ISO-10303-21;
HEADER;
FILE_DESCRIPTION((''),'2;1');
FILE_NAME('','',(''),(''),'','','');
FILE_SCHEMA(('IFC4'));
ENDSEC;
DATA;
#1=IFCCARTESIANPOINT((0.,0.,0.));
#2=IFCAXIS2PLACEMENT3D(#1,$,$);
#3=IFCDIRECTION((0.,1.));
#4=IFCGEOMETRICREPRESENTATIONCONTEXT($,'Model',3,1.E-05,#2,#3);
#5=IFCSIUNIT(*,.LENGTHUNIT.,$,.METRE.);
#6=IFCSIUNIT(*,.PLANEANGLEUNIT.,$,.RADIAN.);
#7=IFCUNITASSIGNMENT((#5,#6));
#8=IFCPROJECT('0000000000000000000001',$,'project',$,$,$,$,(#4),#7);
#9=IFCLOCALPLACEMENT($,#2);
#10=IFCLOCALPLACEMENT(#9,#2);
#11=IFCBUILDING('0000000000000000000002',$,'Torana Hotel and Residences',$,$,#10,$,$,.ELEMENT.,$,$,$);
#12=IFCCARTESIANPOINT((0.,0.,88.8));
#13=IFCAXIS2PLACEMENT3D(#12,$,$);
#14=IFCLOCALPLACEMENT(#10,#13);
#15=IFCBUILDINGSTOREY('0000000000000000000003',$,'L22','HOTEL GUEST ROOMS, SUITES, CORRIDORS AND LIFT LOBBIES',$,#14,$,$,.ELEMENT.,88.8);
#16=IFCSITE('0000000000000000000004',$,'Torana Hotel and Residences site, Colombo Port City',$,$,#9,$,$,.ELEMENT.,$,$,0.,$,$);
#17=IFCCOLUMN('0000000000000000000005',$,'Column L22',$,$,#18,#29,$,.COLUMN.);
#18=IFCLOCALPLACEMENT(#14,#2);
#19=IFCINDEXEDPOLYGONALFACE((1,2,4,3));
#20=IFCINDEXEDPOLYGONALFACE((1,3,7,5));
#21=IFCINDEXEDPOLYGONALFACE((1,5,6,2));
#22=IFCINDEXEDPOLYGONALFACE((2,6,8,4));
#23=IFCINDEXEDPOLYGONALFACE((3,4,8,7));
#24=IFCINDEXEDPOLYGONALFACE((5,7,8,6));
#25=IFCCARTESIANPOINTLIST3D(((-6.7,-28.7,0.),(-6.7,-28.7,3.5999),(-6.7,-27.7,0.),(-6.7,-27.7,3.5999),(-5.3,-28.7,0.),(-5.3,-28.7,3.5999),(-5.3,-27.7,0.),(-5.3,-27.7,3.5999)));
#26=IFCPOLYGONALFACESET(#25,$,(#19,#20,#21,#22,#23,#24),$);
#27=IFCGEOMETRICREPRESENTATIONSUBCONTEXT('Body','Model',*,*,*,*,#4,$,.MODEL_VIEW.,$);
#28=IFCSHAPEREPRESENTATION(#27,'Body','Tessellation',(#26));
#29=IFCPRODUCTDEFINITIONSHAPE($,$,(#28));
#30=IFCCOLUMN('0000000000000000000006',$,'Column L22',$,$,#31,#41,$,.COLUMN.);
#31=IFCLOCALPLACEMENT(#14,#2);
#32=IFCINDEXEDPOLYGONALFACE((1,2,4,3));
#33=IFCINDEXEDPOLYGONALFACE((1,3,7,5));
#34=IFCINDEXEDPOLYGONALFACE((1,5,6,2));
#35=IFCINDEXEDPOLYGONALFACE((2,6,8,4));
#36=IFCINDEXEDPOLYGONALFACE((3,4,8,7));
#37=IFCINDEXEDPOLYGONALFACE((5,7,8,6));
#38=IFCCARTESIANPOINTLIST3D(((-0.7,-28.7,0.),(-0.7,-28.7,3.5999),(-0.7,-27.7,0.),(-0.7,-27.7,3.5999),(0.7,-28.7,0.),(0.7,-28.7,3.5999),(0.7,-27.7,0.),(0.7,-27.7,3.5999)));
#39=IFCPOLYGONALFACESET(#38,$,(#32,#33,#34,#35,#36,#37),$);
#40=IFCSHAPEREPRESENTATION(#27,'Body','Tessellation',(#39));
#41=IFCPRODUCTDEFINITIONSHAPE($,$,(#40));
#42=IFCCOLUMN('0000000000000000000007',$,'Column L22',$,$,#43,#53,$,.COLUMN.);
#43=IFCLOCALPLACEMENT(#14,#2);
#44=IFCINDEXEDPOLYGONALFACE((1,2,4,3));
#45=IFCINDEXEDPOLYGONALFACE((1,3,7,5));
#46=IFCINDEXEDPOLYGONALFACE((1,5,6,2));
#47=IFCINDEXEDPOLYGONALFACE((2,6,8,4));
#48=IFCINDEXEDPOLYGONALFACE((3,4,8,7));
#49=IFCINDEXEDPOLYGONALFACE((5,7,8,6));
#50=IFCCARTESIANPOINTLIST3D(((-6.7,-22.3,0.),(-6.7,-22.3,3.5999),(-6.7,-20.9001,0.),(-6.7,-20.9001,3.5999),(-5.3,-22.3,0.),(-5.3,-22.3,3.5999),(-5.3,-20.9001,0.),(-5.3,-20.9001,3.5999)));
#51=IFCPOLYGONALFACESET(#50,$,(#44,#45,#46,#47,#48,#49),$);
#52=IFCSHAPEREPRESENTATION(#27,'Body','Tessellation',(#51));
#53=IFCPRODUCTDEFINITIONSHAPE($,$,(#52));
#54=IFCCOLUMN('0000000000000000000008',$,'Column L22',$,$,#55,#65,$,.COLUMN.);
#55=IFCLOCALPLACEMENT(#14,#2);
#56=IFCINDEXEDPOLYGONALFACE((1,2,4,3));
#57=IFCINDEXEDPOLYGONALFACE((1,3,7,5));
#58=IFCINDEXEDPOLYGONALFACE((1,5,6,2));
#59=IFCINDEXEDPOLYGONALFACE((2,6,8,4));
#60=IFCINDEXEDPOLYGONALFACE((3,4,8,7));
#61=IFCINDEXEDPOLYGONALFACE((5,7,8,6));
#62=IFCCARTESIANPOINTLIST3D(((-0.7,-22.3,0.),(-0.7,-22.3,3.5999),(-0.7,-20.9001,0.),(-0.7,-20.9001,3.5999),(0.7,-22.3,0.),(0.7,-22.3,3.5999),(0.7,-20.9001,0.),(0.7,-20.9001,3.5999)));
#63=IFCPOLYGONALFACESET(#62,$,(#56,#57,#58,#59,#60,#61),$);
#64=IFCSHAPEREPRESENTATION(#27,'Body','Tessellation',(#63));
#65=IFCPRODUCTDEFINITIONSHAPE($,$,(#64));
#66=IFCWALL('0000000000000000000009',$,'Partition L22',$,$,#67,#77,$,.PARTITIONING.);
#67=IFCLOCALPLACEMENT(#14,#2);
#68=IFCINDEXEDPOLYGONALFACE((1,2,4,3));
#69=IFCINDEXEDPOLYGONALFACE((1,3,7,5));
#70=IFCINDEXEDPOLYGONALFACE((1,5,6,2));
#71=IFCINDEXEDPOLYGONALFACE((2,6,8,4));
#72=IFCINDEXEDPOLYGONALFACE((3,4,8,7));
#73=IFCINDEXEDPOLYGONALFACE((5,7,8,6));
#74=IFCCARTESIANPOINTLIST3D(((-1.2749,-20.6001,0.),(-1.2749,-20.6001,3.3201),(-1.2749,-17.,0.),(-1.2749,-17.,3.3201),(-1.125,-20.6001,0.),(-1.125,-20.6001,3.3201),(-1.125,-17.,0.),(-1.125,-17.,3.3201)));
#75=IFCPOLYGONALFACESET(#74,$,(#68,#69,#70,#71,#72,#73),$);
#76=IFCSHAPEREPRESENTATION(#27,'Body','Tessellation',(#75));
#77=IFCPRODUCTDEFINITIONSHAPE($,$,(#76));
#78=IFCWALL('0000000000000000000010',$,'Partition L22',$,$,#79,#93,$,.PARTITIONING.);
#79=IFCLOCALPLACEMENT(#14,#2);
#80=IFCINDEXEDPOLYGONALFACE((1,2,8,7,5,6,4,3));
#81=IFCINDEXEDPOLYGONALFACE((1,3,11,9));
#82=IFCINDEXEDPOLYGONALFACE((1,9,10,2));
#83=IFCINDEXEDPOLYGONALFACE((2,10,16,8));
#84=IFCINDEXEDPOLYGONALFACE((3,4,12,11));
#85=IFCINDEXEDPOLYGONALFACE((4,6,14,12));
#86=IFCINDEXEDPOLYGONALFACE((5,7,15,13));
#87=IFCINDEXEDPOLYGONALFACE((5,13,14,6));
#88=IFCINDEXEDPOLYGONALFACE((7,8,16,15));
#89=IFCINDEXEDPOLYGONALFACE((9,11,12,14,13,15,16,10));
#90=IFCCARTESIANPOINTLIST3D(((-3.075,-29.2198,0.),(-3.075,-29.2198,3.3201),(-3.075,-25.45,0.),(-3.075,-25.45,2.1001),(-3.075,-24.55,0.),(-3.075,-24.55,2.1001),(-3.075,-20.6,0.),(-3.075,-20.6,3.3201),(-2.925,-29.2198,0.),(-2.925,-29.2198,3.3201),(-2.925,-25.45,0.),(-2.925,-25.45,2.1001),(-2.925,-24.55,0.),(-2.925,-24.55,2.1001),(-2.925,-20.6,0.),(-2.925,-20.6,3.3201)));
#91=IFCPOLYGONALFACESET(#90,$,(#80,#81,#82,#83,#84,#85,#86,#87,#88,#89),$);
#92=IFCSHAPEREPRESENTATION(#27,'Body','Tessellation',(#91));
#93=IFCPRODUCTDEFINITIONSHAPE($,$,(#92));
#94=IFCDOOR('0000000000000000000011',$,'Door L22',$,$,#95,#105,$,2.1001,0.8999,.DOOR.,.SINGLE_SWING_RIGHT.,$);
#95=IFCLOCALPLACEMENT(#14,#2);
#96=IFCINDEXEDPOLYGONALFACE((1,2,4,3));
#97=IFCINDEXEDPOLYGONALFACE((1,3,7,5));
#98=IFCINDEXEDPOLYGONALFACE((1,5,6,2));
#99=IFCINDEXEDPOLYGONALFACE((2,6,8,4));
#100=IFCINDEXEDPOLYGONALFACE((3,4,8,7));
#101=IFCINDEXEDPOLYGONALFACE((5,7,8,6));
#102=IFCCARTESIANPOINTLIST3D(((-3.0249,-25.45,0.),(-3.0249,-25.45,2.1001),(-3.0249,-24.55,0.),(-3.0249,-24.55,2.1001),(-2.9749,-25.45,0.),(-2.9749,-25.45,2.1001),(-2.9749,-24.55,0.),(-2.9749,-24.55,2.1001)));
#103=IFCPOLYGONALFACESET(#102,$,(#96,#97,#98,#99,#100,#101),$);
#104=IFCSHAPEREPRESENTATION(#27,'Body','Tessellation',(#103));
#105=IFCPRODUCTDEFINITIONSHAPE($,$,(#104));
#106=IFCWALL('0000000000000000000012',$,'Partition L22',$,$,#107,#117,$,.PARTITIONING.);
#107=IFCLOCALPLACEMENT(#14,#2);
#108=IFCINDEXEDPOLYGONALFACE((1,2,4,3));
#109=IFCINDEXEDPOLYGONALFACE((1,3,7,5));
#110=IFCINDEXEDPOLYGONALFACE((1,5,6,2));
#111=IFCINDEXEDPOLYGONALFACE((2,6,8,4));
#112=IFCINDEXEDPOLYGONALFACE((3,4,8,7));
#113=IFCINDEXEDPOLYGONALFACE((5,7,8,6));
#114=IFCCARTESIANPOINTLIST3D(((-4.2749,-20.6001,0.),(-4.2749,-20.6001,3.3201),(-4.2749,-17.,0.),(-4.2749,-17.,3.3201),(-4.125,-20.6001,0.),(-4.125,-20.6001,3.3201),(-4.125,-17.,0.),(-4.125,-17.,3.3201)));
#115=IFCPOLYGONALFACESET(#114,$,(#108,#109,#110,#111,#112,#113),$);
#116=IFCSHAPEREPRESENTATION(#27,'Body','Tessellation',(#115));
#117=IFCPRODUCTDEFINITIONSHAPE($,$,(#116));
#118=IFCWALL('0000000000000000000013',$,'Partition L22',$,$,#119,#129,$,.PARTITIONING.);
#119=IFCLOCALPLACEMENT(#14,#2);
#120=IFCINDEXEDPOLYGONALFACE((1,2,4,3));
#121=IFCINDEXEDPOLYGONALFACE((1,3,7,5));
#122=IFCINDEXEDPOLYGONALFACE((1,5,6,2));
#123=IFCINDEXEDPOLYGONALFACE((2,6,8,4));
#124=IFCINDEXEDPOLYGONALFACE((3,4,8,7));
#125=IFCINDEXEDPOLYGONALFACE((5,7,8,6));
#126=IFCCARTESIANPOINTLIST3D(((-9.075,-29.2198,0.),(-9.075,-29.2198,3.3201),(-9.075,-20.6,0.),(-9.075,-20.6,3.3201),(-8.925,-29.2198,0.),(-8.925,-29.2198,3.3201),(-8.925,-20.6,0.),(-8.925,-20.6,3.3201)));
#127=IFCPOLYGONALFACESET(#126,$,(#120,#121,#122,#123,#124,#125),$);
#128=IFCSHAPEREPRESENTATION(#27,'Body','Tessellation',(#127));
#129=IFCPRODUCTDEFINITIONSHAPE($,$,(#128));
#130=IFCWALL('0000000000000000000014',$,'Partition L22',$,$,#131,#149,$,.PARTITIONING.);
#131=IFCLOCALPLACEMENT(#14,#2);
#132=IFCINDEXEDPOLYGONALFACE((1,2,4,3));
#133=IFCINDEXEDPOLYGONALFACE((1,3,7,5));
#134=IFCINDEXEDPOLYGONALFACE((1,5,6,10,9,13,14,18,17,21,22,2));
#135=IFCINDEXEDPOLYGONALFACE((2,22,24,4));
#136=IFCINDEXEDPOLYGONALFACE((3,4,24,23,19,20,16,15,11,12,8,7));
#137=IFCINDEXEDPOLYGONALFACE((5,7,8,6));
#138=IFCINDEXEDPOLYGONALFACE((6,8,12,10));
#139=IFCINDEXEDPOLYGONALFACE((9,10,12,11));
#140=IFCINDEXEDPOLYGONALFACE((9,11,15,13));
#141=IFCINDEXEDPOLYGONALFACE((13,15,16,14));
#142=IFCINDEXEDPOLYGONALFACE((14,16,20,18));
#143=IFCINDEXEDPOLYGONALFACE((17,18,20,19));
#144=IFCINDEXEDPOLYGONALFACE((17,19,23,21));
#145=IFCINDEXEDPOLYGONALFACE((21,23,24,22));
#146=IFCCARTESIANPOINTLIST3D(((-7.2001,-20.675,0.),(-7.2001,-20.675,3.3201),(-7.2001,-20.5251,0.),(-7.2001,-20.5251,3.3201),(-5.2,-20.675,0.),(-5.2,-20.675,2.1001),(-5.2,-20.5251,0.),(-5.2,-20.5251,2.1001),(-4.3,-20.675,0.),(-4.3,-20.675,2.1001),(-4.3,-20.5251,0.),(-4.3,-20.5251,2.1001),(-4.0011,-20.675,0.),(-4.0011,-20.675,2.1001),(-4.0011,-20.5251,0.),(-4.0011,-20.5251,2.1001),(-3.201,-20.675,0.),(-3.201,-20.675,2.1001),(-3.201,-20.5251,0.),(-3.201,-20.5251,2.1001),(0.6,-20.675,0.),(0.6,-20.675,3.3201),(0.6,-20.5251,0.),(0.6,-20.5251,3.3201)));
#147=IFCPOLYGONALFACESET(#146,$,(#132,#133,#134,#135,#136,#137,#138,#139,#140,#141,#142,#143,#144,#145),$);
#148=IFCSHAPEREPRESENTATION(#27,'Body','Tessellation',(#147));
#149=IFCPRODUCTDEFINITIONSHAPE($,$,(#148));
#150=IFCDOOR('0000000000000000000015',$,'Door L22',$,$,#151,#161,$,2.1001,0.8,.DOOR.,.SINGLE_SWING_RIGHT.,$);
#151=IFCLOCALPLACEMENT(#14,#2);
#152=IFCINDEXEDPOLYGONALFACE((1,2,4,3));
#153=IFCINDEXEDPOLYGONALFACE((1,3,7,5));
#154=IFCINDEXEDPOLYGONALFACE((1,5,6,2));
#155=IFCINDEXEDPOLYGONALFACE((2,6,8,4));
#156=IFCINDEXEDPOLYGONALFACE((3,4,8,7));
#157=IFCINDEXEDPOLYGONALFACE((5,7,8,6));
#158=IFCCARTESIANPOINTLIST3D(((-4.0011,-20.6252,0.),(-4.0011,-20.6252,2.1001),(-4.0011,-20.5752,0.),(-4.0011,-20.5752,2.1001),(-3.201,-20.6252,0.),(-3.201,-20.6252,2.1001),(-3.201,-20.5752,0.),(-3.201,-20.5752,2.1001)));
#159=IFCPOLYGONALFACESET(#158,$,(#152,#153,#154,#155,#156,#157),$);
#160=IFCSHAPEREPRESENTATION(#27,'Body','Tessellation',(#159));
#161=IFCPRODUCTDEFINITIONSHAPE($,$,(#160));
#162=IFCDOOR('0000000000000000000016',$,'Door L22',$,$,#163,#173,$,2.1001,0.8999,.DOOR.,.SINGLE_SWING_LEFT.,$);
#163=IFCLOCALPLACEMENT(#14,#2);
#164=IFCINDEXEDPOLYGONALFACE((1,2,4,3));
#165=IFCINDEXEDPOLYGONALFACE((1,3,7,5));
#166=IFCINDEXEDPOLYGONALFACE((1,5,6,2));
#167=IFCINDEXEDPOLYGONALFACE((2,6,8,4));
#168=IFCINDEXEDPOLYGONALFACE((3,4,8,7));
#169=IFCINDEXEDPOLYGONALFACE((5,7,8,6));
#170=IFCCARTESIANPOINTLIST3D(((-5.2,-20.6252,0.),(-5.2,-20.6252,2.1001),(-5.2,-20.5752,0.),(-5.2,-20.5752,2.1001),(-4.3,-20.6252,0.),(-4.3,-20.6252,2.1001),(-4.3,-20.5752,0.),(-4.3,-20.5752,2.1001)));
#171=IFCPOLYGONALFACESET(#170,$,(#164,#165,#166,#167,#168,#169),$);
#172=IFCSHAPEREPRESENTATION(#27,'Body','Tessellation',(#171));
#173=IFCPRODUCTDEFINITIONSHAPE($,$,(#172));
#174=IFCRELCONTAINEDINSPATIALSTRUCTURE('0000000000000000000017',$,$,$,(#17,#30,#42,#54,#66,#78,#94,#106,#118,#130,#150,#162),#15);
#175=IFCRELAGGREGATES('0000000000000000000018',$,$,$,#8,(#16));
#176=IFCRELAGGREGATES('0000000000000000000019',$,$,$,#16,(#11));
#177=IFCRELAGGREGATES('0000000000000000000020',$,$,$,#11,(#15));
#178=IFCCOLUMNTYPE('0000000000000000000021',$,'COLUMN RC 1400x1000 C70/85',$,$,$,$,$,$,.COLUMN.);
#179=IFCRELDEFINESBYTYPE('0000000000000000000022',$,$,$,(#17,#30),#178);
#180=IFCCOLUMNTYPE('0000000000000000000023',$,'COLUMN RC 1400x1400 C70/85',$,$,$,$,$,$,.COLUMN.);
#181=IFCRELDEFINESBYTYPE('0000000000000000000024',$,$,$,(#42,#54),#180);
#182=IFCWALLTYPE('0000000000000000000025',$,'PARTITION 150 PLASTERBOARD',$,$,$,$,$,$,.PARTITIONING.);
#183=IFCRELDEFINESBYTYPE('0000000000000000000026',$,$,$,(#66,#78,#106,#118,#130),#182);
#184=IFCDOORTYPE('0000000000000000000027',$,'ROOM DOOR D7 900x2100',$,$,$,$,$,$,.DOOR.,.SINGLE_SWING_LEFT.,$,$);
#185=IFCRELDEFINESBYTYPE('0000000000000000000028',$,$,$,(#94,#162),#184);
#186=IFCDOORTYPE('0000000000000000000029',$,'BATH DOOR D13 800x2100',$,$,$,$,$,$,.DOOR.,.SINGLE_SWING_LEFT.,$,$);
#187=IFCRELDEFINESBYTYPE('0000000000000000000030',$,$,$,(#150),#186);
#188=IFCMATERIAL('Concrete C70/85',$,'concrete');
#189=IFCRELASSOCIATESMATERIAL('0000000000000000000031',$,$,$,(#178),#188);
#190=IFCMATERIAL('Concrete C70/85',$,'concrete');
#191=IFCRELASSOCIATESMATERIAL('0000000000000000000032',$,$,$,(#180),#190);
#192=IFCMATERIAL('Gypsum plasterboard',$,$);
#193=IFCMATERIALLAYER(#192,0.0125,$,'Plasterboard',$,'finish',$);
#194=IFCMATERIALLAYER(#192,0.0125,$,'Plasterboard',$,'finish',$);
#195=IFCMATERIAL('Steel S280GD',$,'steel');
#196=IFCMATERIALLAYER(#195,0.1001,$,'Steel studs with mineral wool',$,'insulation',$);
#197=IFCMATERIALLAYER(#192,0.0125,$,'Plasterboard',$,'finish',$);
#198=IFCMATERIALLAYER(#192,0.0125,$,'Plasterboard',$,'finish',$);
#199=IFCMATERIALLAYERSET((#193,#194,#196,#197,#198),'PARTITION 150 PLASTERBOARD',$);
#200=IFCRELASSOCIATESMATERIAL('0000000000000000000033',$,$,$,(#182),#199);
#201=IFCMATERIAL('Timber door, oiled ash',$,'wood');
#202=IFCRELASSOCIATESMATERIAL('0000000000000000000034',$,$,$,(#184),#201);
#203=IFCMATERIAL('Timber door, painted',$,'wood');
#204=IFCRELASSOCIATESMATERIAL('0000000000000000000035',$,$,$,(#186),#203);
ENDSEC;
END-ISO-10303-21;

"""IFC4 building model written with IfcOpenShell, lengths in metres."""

from ifc_helpers import new_model, si_unit, direction, frame, frame_2d, origin, origin_2d, place, context, subcontext, project, spatial, rectangle, extrude, material, layer, layer_set, material_profile, profile_set, type_object, element, fill, save


model = new_model("IFC4")

# Units and contexts
model_context = context("Model", 3, precision=1e-05, world=origin(), true_north=direction((0.0, 1.0)))
body_context = subcontext(model_context, "Body", "Model", "MODEL_VIEW")
ifc_project = project(units=[si_unit("LENGTHUNIT", "METRE"), si_unit("PLANEANGLEUNIT", "RADIAN")], contexts=[model_context])

# Site, building, storey
site_placement = place(None, origin())
site = spatial("IfcSite", under=ifc_project, at=site_placement, Name="Torana Hotel and Residences site, Colombo Port City", CompositionType="ELEMENT", RefElevation=0.0)
building_placement = place(site_placement, origin())
building = spatial("IfcBuilding", under=site, at=building_placement, Name="Torana Hotel and Residences", CompositionType="ELEMENT")
storey_placement = place(building_placement, frame((0.0, 0.0, 88.8)))
storey = spatial("IfcBuildingStorey", under=building, at=storey_placement, Name="L22", Description="HOTEL GUEST ROOMS, SUITES, CORRIDORS AND LIFT LOBBIES", CompositionType="ELEMENT", Elevation=88.8)

# Columns
ifc_material_1 = material(Name="Concrete C70/85", Category="concrete")
ifc_material_profile_1 = material_profile(ifc_material_1, rectangle(XDim=1.3999, YDim=1.0, at=origin_2d()), Name="RC 1400x1000")
ifc_profile_set_1 = profile_set([ifc_material_profile_1], Name="Concrete C70/85")
column_type_1 = type_object("IfcColumnType", Name="COLUMN RC 1400x1000 C70/85", PredefinedType="COLUMN", material=ifc_profile_set_1)
for number, where, z_axis, x_axis, name in (
    (1, (-6.0, -28.2, 0.0), (0.0, 0.0, 1.0), (1.0, 0.0, 0.0), "Column L22"),
    (2, (0.0, -28.2, 0.0), (0.0, 0.0, 1.0), (1.0, 0.0, 0.0), "Column L22"),
):
    element("IfcColumn", number, at=place(storey_placement, frame(where, z_axis=z_axis, x_axis=x_axis)), inside=storey, type_object=column_type_1, Name=name, PredefinedType="COLUMN", context=body_context, shape_type="SweptSolid", body=[
        extrude(rectangle(XDim=1.3999, YDim=1.0, at=origin_2d()), origin(), (0.0, 0.0, 1.0), 3.5999),
    ])
ifc_material_2 = material(Name="Concrete C70/85", Category="concrete")
ifc_material_profile_2 = material_profile(ifc_material_2, rectangle(XDim=1.3999, YDim=1.3999, at=origin_2d()), Name="RC 1400x1400")
ifc_profile_set_2 = profile_set([ifc_material_profile_2], Name="Concrete C70/85")
column_type_2 = type_object("IfcColumnType", Name="COLUMN RC 1400x1400 C70/85", PredefinedType="COLUMN", material=ifc_profile_set_2)
for number, where, z_axis, x_axis, name in (
    (3, (-6.0, -21.6001, 0.0), (0.0, 0.0, 1.0), (1.0, 0.0, 0.0), "Column L22"),
    (4, (0.0, -21.6001, 0.0), (0.0, 0.0, 1.0), (1.0, 0.0, 0.0), "Column L22"),
):
    element("IfcColumn", number, at=place(storey_placement, frame(where, z_axis=z_axis, x_axis=x_axis)), inside=storey, type_object=column_type_2, Name=name, PredefinedType="COLUMN", context=body_context, shape_type="SweptSolid", body=[
        extrude(rectangle(XDim=1.3999, YDim=1.3999, at=origin_2d()), origin(), (0.0, 0.0, 1.0), 3.5999),
    ])

# Wall
ifc_material_3 = material(Name="Gypsum plasterboard")
ifc_layer_1 = layer(ifc_material_3, 0.0125, Name="Plasterboard", Category="finish")
ifc_layer_2 = layer(ifc_material_3, 0.0125, Name="Plasterboard", Category="finish")
ifc_material_4 = material(Name="Steel S280GD", Category="steel")
ifc_layer_3 = layer(ifc_material_4, 0.1001, Name="Steel studs with mineral wool", Category="insulation")
ifc_layer_4 = layer(ifc_material_3, 0.0125, Name="Plasterboard", Category="finish")
ifc_layer_5 = layer(ifc_material_3, 0.0125, Name="Plasterboard", Category="finish")
ifc_layer_set_1 = layer_set([ifc_layer_1, ifc_layer_2, ifc_layer_3, ifc_layer_4, ifc_layer_5], Name="PARTITION 150 PLASTERBOARD")
wall_type_1 = type_object("IfcWallType", Name="PARTITION 150 PLASTERBOARD", PredefinedType="PARTITIONING", material=ifc_layer_set_1)
wall_1_placement = place(storey_placement, frame((-1.2, -20.6001, 0.0), z_axis=(0.0, 0.0, 1.0), x_axis=(0.0, 1.0, 0.0)))
element("IfcWall", 5, at=wall_1_placement, inside=storey, type_object=wall_type_1, Name="Partition L22", PredefinedType="PARTITIONING", context=body_context, shape_type="SweptSolid", body=[
    extrude(rectangle(XDim=3.6001, YDim=0.1499, at=frame_2d((1.8, 0.0))), origin(), (0.0, 0.0, 1.0), 3.3201),
])

# Wall, opening, door
wall_2_placement = place(storey_placement, frame((-3.0, -29.22, 0.0), z_axis=(0.0, 0.0, 1.0), x_axis=(0.0, 1.0, 0.0)))
wall_2 = element("IfcWall", 6, at=wall_2_placement, inside=storey, type_object=wall_type_1, Name="Partition L22", PredefinedType="PARTITIONING", context=body_context, shape_type="SweptSolid", body=[
    extrude(rectangle(XDim=8.6199, YDim=0.1499, at=frame_2d((4.3101, 0.0))), origin(), (0.0, 0.0, 1.0), 3.3201),
])
opening_1_placement = place(wall_2_placement, frame((3.77, 0.0, 0.0)))
opening_1 = element("IfcOpeningElement", 7, at=opening_1_placement, cuts=wall_2, PredefinedType="OPENING", context=body_context, shape_type="SweptSolid", body=[
    extrude(rectangle(XDim=0.8999, YDim=2.1001, at=frame_2d((0.45, 1.05))), frame((0.0, 0.085, 0.0), z_axis=(0.0, -1.0, 0.0), x_axis=(1.0, 0.0, 0.0)), (0.0, 0.0, 1.0), 0.1699),
])
ifc_material_5 = material(Name="Timber door, oiled ash", Category="wood")
door_type_1 = type_object("IfcDoorType", Name="ROOM DOOR D7 900x2100", OperationType="SINGLE_SWING_LEFT", PredefinedType="DOOR", material=ifc_material_5)
door_1_placement = place(opening_1_placement, origin())
door_1 = element("IfcDoor", 8, at=door_1_placement, inside=storey, type_object=door_type_1, Name="Door L22", OperationType="SINGLE_SWING_RIGHT", OverallHeight=2.1001, OverallWidth=0.8999, PredefinedType="DOOR", context=body_context, shape_type="SweptSolid", body=[
    extrude(rectangle(XDim=0.8999, YDim=2.1001, at=frame_2d((0.45, 1.05))), frame((0.0, 0.0249, 0.0), z_axis=(0.0, -1.0, 0.0), x_axis=(1.0, 0.0, 0.0)), (0.0, 0.0, 1.0), 0.05),
])
fill(opening_1, door_1)

# Walls
wall_3_placement = place(storey_placement, frame((-4.2, -20.6001, 0.0), z_axis=(0.0, 0.0, 1.0), x_axis=(0.0, 1.0, 0.0)))
element("IfcWall", 9, at=wall_3_placement, inside=storey, type_object=wall_type_1, Name="Partition L22", PredefinedType="PARTITIONING", context=body_context, shape_type="SweptSolid", body=[
    extrude(rectangle(XDim=3.6001, YDim=0.1499, at=frame_2d((1.8, 0.0))), origin(), (0.0, 0.0, 1.0), 3.3201),
])
wall_4_placement = place(storey_placement, frame((-9.0, -29.22, 0.0), z_axis=(0.0, 0.0, 1.0), x_axis=(0.0, 1.0, 0.0)))
element("IfcWall", 10, at=wall_4_placement, inside=storey, type_object=wall_type_1, Name="Partition L22", PredefinedType="PARTITIONING", context=body_context, shape_type="SweptSolid", body=[
    extrude(rectangle(XDim=8.6199, YDim=0.1499, at=frame_2d((4.3101, 0.0))), origin(), (0.0, 0.0, 1.0), 3.3201),
])

# Wall, openings, doors
wall_5_placement = place(storey_placement, frame((-7.2, -20.6001, 0.0), z_axis=(0.0, 0.0, 1.0), x_axis=(1.0, 0.0, 0.0)))
wall_5 = element("IfcWall", 11, at=wall_5_placement, inside=storey, type_object=wall_type_1, Name="Partition L22", PredefinedType="PARTITIONING", context=body_context, shape_type="SweptSolid", body=[
    extrude(rectangle(XDim=7.8, YDim=0.1499, at=frame_2d((3.8999, 0.0))), origin(), (0.0, 0.0, 1.0), 3.3201),
])
opening_2_placement = place(wall_5_placement, frame((2.0, 0.0, 0.0)))
opening_2 = element("IfcOpeningElement", 12, at=opening_2_placement, cuts=wall_5, PredefinedType="OPENING", context=body_context, shape_type="SweptSolid", body=[
    extrude(rectangle(XDim=0.8999, YDim=2.1001, at=frame_2d((0.45, 1.05))), frame((0.0, 0.085, 0.0), z_axis=(0.0, -1.0, 0.0), x_axis=(1.0, 0.0, 0.0)), (0.0, 0.0, 1.0), 0.1699),
])
opening_3_placement = place(wall_5_placement, frame((3.199, 0.0, 0.0)))
opening_3 = element("IfcOpeningElement", 13, at=opening_3_placement, cuts=wall_5, PredefinedType="OPENING", context=body_context, shape_type="SweptSolid", body=[
    extrude(rectangle(XDim=0.8, YDim=2.1001, at=frame_2d((0.3999, 1.05))), frame((0.0, 0.085, 0.0), z_axis=(0.0, -1.0, 0.0), x_axis=(1.0, 0.0, 0.0)), (0.0, 0.0, 1.0), 0.1699),
])
ifc_material_6 = material(Name="Timber door, painted", Category="wood")
door_type_2 = type_object("IfcDoorType", Name="BATH DOOR D13 800x2100", OperationType="SINGLE_SWING_LEFT", PredefinedType="DOOR", material=ifc_material_6)
door_2_placement = place(opening_3_placement, origin())
door_2 = element("IfcDoor", 14, at=door_2_placement, inside=storey, type_object=door_type_2, Name="Door L22", OperationType="SINGLE_SWING_RIGHT", OverallHeight=2.1001, OverallWidth=0.8, PredefinedType="DOOR", context=body_context, shape_type="SweptSolid", body=[
    extrude(rectangle(XDim=0.8, YDim=2.1001, at=frame_2d((0.3999, 1.05))), frame((0.0, 0.0249, 0.0), z_axis=(0.0, -1.0, 0.0), x_axis=(1.0, 0.0, 0.0)), (0.0, 0.0, 1.0), 0.05),
])
fill(opening_3, door_2)
door_3_placement = place(opening_2_placement, frame((0.45, 0.0, 0.0), z_axis=(0.0, 0.0, 1.0), x_axis=(-1.0, 0.0, 0.0)))
door_3 = element("IfcDoor", 15, at=door_3_placement, inside=storey, type_object=door_type_1, Name="Door L22", OperationType="SINGLE_SWING_LEFT", OverallHeight=2.1001, OverallWidth=0.8999, PredefinedType="DOOR", context=body_context, shape_type="SweptSolid", body=[
    extrude(rectangle(XDim=0.8999, YDim=2.1001, at=frame_2d((0.0, 1.05))), frame((0.0, -0.0249, 0.0), z_axis=(0.0, 1.0, 0.0), x_axis=(-1.0, 0.0, 0.0)), (0.0, 0.0, 1.0), 0.05),
])
fill(opening_2, door_3)

save(model, "model.ifc")
